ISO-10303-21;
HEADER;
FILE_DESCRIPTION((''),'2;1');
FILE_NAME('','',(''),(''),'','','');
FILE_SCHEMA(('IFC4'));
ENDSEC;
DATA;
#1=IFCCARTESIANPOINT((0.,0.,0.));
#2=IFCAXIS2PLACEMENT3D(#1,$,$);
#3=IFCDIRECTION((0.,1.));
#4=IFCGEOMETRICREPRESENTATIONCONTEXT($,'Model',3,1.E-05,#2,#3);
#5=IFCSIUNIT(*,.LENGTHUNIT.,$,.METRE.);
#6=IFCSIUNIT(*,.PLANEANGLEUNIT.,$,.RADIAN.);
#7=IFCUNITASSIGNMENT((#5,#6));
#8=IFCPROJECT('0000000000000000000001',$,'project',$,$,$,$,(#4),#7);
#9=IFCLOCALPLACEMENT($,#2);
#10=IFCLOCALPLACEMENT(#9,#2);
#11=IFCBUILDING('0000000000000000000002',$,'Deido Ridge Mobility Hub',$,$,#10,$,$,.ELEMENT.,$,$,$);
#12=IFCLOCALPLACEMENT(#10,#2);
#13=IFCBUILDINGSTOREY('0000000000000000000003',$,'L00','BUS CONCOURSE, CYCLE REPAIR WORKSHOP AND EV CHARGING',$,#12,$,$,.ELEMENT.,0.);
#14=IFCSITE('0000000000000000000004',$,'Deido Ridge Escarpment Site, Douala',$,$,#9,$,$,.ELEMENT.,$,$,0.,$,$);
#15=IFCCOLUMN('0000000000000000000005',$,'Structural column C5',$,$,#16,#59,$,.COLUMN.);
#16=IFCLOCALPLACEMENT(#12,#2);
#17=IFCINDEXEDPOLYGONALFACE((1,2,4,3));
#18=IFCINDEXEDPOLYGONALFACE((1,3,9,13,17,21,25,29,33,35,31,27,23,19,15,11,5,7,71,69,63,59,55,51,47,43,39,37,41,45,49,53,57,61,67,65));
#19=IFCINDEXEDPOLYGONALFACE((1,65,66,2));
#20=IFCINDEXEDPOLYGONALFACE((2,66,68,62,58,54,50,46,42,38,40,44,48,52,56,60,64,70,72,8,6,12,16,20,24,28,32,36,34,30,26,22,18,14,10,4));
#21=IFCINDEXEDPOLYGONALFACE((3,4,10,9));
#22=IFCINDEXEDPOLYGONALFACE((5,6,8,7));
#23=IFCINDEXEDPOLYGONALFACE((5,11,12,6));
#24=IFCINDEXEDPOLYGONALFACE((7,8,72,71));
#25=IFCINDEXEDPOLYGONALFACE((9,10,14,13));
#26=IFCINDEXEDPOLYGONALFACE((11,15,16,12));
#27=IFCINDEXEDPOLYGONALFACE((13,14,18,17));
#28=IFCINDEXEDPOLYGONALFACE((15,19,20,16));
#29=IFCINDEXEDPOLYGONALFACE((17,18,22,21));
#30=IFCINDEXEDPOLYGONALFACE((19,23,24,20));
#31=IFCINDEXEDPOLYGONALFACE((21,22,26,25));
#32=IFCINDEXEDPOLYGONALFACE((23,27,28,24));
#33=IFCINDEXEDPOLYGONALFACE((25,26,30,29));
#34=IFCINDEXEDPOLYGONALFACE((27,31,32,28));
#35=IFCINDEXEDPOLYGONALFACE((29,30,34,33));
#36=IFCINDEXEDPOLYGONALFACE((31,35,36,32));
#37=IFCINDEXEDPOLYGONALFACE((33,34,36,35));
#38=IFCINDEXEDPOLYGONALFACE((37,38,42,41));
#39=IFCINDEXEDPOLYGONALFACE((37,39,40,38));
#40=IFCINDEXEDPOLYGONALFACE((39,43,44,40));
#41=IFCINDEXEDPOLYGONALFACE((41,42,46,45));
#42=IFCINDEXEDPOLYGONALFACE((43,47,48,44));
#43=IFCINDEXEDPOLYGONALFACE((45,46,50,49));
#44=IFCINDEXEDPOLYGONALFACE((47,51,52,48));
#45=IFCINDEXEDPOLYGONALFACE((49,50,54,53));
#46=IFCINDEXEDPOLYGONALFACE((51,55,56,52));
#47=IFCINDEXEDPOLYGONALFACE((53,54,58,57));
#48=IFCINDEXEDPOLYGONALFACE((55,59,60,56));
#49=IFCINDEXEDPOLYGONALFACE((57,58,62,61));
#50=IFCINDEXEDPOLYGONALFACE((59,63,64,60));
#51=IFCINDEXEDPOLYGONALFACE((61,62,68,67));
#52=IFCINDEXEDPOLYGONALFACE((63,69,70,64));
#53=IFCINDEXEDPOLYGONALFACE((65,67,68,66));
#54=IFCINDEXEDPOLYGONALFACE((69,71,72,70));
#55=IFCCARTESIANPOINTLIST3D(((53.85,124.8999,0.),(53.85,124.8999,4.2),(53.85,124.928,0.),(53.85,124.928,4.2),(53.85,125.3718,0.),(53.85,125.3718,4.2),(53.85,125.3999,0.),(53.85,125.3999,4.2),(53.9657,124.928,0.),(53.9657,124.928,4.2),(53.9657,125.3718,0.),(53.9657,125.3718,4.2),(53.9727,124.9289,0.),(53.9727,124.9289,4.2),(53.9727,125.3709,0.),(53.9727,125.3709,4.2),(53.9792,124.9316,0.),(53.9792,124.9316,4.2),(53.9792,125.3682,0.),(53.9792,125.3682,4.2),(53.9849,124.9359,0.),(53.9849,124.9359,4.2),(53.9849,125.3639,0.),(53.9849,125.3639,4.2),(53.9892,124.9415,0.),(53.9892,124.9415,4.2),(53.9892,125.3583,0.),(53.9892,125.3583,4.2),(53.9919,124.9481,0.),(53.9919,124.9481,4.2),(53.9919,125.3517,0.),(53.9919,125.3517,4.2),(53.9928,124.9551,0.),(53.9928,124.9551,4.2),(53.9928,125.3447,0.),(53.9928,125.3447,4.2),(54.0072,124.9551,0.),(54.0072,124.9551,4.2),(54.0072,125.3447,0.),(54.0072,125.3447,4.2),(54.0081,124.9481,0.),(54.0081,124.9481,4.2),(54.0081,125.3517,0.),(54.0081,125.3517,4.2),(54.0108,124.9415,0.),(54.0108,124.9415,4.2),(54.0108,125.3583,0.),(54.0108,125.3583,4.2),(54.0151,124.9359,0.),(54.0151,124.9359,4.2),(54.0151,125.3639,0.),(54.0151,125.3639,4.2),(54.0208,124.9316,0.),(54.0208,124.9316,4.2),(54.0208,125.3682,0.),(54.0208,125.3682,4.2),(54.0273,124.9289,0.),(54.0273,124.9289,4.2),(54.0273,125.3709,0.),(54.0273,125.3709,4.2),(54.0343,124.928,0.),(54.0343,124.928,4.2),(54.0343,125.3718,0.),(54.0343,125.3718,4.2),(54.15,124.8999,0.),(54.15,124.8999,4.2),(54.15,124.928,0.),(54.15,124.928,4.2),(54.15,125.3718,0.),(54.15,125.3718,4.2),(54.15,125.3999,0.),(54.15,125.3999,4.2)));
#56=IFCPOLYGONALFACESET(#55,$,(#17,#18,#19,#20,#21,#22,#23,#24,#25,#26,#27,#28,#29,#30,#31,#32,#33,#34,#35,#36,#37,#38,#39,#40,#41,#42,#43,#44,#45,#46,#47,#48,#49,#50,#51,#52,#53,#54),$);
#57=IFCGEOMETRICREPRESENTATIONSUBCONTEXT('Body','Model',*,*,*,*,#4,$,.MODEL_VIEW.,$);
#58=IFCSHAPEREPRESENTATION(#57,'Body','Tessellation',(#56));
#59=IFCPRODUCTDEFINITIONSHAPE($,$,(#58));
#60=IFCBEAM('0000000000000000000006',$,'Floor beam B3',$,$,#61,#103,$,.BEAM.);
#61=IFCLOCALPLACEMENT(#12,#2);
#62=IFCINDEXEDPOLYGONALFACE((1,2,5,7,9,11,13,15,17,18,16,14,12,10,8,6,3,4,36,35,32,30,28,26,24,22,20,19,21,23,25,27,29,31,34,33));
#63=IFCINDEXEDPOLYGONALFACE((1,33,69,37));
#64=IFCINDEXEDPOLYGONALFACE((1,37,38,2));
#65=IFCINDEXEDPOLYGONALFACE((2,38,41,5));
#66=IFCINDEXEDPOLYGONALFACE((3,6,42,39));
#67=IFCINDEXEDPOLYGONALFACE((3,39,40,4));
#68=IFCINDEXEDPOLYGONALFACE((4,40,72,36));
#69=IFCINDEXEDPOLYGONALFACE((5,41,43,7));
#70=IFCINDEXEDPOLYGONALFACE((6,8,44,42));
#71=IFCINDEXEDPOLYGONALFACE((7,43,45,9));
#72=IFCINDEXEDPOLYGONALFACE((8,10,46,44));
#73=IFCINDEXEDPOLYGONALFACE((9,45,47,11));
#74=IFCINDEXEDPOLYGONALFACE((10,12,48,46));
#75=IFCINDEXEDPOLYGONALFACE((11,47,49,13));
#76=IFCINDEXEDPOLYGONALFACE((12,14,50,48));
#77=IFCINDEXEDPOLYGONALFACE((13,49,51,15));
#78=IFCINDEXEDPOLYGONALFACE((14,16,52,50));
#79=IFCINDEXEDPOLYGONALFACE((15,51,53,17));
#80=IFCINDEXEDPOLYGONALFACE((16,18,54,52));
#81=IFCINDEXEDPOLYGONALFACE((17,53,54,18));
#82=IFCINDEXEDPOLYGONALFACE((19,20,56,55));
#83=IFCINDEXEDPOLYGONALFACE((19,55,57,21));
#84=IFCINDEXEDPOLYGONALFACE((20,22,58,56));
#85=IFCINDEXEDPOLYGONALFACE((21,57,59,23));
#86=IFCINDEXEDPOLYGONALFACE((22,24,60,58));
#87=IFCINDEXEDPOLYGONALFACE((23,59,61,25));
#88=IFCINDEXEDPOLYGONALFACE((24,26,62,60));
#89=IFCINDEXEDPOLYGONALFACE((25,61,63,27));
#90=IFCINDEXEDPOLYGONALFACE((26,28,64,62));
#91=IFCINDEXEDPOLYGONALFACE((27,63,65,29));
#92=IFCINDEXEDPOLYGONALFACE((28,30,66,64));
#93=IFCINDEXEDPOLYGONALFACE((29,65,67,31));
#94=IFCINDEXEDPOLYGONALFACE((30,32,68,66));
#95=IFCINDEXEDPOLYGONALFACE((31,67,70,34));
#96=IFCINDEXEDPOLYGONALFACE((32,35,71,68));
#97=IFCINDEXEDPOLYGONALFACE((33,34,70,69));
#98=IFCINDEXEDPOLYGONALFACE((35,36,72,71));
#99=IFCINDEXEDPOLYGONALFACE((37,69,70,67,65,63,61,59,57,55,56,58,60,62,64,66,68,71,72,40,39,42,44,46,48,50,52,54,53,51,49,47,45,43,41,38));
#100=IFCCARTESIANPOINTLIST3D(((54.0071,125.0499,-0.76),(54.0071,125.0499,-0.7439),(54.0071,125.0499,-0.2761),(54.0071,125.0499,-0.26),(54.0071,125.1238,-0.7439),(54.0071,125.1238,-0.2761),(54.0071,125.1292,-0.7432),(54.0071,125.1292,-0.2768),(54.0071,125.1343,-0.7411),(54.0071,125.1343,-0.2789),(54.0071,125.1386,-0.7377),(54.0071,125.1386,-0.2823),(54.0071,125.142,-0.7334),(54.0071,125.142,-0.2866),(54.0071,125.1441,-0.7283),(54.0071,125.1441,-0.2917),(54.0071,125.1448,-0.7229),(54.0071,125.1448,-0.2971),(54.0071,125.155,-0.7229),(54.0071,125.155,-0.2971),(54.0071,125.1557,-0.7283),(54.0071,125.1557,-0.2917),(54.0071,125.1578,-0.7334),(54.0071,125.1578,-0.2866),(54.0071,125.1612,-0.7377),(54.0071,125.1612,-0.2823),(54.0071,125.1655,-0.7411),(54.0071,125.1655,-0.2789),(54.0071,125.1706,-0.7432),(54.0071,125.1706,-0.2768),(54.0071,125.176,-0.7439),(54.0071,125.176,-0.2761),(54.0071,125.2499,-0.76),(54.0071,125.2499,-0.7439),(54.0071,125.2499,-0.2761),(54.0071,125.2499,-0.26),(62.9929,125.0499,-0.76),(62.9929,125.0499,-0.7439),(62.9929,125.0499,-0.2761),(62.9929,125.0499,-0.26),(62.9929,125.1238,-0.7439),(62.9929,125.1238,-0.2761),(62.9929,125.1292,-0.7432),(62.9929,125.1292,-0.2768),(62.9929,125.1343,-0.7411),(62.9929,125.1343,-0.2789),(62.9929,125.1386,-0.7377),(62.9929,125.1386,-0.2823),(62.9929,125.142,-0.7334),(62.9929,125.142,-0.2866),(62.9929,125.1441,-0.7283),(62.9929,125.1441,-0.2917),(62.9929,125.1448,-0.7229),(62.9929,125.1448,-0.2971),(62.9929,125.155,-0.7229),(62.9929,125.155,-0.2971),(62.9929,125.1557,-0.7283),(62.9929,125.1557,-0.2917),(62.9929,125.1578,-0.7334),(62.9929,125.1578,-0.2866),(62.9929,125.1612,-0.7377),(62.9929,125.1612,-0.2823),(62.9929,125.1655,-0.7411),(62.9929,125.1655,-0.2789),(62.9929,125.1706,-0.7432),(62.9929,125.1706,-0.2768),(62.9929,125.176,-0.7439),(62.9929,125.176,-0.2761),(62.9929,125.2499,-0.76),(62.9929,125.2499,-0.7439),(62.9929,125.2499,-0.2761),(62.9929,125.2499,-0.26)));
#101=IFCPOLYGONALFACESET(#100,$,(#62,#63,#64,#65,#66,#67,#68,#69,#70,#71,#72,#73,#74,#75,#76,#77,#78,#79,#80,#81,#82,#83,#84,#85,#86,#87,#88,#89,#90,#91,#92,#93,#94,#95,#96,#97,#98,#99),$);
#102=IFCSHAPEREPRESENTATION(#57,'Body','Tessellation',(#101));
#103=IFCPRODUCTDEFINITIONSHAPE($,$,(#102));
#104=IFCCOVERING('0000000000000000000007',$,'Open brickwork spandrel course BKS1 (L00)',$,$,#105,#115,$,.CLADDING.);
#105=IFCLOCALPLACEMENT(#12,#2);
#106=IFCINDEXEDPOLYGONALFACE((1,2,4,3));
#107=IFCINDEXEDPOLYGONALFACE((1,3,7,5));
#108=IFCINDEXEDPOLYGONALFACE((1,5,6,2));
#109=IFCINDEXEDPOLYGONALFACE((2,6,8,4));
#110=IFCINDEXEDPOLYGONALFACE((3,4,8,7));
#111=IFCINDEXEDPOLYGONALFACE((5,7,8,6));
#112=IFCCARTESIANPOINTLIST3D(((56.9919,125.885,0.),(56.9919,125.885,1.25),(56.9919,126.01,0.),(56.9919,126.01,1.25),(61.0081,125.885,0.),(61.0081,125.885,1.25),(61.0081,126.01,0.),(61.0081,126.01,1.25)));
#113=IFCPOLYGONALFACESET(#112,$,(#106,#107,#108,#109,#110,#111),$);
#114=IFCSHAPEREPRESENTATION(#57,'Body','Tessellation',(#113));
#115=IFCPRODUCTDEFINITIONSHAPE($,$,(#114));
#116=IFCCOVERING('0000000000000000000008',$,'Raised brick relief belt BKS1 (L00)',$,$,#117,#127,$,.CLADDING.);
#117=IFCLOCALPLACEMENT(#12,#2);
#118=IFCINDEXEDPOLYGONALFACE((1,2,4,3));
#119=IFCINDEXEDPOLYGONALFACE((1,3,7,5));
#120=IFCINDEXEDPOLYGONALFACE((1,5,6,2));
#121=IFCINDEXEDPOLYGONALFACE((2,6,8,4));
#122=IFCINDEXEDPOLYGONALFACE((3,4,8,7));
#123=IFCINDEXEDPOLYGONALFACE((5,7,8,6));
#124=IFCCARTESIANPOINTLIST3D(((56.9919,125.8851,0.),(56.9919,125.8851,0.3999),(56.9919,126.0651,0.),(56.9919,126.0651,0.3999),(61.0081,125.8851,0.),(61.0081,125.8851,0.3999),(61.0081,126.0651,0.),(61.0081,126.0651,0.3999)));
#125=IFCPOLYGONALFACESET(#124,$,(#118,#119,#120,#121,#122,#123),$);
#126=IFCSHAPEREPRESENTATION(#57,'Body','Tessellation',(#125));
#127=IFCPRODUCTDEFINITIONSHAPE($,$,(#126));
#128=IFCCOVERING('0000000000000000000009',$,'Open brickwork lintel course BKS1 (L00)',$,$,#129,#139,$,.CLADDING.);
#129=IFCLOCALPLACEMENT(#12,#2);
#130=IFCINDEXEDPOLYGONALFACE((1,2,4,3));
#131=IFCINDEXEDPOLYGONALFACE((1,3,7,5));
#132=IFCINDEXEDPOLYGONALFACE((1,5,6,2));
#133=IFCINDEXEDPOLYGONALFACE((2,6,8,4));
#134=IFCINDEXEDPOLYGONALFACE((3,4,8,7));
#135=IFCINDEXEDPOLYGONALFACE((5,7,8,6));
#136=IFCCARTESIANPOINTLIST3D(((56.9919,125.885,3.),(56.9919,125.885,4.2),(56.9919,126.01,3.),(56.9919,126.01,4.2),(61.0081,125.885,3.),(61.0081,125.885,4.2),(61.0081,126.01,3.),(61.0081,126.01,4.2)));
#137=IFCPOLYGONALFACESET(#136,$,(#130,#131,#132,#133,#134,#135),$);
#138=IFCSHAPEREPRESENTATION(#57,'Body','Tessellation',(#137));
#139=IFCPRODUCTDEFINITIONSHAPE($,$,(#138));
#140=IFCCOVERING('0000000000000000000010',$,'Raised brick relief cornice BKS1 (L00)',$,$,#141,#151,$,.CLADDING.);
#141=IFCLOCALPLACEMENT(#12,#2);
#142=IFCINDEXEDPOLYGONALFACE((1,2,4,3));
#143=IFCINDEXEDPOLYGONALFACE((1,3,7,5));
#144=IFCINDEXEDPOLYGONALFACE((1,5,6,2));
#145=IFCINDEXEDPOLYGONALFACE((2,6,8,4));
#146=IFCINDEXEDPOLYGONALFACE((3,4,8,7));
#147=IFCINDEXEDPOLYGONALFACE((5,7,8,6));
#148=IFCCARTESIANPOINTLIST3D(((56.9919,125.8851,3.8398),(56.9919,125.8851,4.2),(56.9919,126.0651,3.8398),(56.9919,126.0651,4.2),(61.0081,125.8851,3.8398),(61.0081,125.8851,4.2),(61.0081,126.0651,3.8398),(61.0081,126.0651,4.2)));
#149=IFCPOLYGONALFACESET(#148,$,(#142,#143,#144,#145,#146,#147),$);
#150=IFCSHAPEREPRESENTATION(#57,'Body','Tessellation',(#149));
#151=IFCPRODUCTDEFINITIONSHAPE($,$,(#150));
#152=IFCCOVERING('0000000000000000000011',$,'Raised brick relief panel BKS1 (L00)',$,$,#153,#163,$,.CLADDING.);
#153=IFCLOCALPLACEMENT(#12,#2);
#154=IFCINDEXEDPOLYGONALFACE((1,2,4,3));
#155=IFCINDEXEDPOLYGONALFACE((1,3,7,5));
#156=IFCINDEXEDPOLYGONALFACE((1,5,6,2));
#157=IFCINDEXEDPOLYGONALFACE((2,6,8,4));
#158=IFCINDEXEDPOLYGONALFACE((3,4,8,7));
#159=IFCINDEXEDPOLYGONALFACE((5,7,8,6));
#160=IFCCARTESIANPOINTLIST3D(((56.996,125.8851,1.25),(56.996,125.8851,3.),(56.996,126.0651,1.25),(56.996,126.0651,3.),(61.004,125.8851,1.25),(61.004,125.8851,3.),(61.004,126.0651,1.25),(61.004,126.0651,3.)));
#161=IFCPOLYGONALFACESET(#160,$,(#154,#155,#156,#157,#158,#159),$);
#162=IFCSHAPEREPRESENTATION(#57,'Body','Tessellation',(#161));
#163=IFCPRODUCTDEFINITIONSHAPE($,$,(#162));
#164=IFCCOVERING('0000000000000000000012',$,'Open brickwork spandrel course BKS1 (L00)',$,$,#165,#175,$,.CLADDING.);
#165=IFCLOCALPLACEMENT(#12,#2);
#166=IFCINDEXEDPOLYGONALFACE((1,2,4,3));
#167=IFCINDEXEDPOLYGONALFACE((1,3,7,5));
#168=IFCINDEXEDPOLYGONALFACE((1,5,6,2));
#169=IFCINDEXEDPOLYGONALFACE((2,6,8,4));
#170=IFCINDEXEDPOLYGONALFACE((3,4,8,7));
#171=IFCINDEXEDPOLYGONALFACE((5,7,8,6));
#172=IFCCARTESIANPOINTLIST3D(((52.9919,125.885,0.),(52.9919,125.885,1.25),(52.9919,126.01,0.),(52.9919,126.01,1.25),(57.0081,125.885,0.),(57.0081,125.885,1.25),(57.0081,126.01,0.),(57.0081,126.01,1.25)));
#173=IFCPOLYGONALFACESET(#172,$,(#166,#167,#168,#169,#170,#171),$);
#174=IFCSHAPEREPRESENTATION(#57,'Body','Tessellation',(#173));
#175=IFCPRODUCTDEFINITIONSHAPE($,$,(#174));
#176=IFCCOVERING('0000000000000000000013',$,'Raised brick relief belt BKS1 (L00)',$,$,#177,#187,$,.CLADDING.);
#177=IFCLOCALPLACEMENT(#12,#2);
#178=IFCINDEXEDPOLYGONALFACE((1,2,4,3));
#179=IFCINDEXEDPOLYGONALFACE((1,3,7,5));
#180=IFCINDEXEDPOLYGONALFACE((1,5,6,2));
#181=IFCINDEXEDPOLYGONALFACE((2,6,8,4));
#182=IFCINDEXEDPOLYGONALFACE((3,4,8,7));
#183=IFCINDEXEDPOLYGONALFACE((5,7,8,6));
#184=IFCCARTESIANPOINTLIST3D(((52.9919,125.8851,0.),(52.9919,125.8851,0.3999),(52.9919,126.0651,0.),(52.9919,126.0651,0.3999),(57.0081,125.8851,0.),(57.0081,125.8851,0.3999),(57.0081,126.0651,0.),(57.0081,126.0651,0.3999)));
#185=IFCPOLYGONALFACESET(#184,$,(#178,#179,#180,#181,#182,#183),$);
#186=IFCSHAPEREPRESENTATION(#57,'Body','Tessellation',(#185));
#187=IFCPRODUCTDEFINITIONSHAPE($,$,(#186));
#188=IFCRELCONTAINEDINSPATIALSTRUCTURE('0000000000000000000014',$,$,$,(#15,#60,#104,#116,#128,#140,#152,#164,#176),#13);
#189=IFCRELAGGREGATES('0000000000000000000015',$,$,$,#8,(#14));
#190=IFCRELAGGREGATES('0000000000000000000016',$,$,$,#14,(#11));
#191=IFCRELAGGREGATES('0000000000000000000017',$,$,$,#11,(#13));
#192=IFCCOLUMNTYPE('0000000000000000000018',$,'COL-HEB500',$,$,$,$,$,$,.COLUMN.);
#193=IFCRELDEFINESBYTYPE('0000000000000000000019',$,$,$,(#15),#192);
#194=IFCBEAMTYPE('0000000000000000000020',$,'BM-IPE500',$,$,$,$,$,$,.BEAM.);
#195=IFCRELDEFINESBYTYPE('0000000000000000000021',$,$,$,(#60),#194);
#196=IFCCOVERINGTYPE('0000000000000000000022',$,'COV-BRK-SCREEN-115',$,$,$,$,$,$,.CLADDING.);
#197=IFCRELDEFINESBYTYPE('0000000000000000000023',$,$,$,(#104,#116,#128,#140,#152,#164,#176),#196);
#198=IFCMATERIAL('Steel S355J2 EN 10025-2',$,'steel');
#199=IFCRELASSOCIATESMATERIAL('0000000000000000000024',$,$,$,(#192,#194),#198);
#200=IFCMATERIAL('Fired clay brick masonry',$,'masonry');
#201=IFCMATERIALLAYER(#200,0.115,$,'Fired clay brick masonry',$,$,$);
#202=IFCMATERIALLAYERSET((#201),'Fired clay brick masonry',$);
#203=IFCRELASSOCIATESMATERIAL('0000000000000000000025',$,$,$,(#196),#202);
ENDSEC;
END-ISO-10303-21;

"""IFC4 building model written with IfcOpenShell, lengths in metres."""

from ifc_helpers import new_model, si_unit, direction, frame, origin, origin_2d, place, context, subcontext, project, spatial, rectangle, i_section, extrude, material, layer, layer_set, material_profile, profile_set, type_object, element, save


model = new_model("IFC4")

# Units and contexts
model_context = context("Model", 3, precision=1e-05, world=origin(), true_north=direction((0.0, 1.0)))
body_context = subcontext(model_context, "Body", "Model", "MODEL_VIEW")
ifc_project = project(units=[si_unit("LENGTHUNIT", "METRE"), si_unit("PLANEANGLEUNIT", "RADIAN")], contexts=[model_context])

# Site, building, storey
site_placement = place(None, origin())
site = spatial("IfcSite", under=ifc_project, at=site_placement, Name="Deido Ridge Escarpment Site, Douala", CompositionType="ELEMENT", RefElevation=0.0)
building_placement = place(site_placement, origin())
building = spatial("IfcBuilding", under=site, at=building_placement, Name="Deido Ridge Mobility Hub", CompositionType="ELEMENT")
storey_placement = place(building_placement, origin())
storey = spatial("IfcBuildingStorey", under=building, at=storey_placement, Name="L00", Description="BUS CONCOURSE, CYCLE REPAIR WORKSHOP AND EV CHARGING", CompositionType="ELEMENT", Elevation=0.0)

# Column
ifc_material_1 = material(Name="Steel S355J2 EN 10025-2", Category="steel")
ifc_material_profile_1 = material_profile(ifc_material_1, i_section(OverallWidth=0.3, OverallDepth=0.5, WebThickness=0.0144, FlangeThickness=0.0281, FilletRadius=0.0271, at=origin_2d()), Name="HEB 500")
ifc_profile_set_1 = profile_set([ifc_material_profile_1], Name="Steel S355J2 EN 10025-2")
column_type = type_object("IfcColumnType", Name="COL-HEB500", PredefinedType="COLUMN", material=ifc_profile_set_1)
column_placement = place(storey_placement, frame((54.0, 125.1499, 0.0), z_axis=(0.0, 0.0, 1.0), x_axis=(1.0, 0.0, 0.0)))
element("IfcColumn", 1, at=column_placement, inside=storey, type_object=column_type, Name="Structural column C5", PredefinedType="COLUMN", context=body_context, shape_type="SweptSolid", body=[
    extrude(i_section(OverallWidth=0.3, OverallDepth=0.5, WebThickness=0.0144, FlangeThickness=0.0281, FilletRadius=0.0271, at=origin_2d()), origin(), (0.0, 0.0, 1.0), 4.2),
])

# Beam
ifc_material_profile_2 = material_profile(ifc_material_1, i_section(OverallWidth=0.2, OverallDepth=0.5, WebThickness=0.0103, FlangeThickness=0.0161, FilletRadius=0.021, at=origin_2d()), Name="IPE 500")
ifc_profile_set_2 = profile_set([ifc_material_profile_2], Name="Steel S355J2 EN 10025-2")
beam_type = type_object("IfcBeamType", Name="BM-IPE500", PredefinedType="BEAM", material=ifc_profile_set_2)
beam_placement = place(storey_placement, frame((54.0071, 125.1499, -0.51), z_axis=(1.0, 0.0, 0.0), x_axis=(0.0, 1.0, 0.0)))
element("IfcBeam", 2, at=beam_placement, inside=storey, type_object=beam_type, Name="Floor beam B3", PredefinedType="BEAM", context=body_context, shape_type="SweptSolid", body=[
    extrude(i_section(OverallWidth=0.2, OverallDepth=0.5, WebThickness=0.0103, FlangeThickness=0.0161, FilletRadius=0.021, at=origin_2d()), origin(), (0.0, 0.0, 1.0), 8.9858),
])

# Coverings
ifc_material_2 = material(Name="Fired clay brick masonry", Category="masonry")
ifc_layer = layer(ifc_material_2, 0.115, Name="Fired clay brick masonry")
ifc_layer_set = layer_set([ifc_layer], Name="Fired clay brick masonry")
covering_type = type_object("IfcCoveringType", Name="COV-BRK-SCREEN-115", PredefinedType="CLADDING", material=ifc_layer_set)
covering_1_placement = place(storey_placement, frame((59.0, 125.9475, 0.0), z_axis=(0.0, 0.0, 1.0), x_axis=(-1.0, 0.0, 0.0)))
element("IfcCovering", 3, at=covering_1_placement, inside=storey, type_object=covering_type, Name="Open brickwork spandrel course BKS1 (L00)", PredefinedType="CLADDING", context=body_context, shape_type="SweptSolid", body=[
    extrude(rectangle(XDim=4.0161, YDim=0.125, at=origin_2d()), origin(), (0.0, 0.0, 1.0), 1.25),
])
covering_2_placement = place(storey_placement, frame((59.0, 125.9751, 0.0), z_axis=(0.0, 0.0, 1.0), x_axis=(-1.0, 0.0, 0.0)))
element("IfcCovering", 4, at=covering_2_placement, inside=storey, type_object=covering_type, Name="Raised brick relief belt BKS1 (L00)", PredefinedType="CLADDING", context=body_context, shape_type="SweptSolid", body=[
    extrude(rectangle(XDim=4.0161, YDim=0.1799, at=origin_2d()), origin(), (0.0, 0.0, 1.0), 0.3999),
])
covering_3_placement = place(storey_placement, frame((59.0, 125.9475, 3.0), z_axis=(0.0, 0.0, 1.0), x_axis=(-1.0, 0.0, 0.0)))
element("IfcCovering", 5, at=covering_3_placement, inside=storey, type_object=covering_type, Name="Open brickwork lintel course BKS1 (L00)", PredefinedType="CLADDING", context=body_context, shape_type="SweptSolid", body=[
    extrude(rectangle(XDim=4.0161, YDim=0.125, at=origin_2d()), origin(), (0.0, 0.0, 1.0), 1.2),
])
covering_4_placement = place(storey_placement, frame((59.0, 125.9751, 3.8398), z_axis=(0.0, 0.0, 1.0), x_axis=(-1.0, 0.0, 0.0)))
element("IfcCovering", 6, at=covering_4_placement, inside=storey, type_object=covering_type, Name="Raised brick relief cornice BKS1 (L00)", PredefinedType="CLADDING", context=body_context, shape_type="SweptSolid", body=[
    extrude(rectangle(XDim=4.0161, YDim=0.1799, at=origin_2d()), origin(), (0.0, 0.0, 1.0), 0.3601),
])
covering_5_placement = place(storey_placement, frame((59.0, 125.9751, 1.25), z_axis=(0.0, 0.0, 1.0), x_axis=(-1.0, 0.0, 0.0)))
element("IfcCovering", 7, at=covering_5_placement, inside=storey, type_object=covering_type, Name="Raised brick relief panel BKS1 (L00)", PredefinedType="CLADDING", context=body_context, shape_type="SweptSolid", body=[
    extrude(rectangle(XDim=4.0081, YDim=0.1799, at=origin_2d()), origin(), (0.0, 0.0, 1.0), 1.75),
])
covering_6_placement = place(storey_placement, frame((55.0, 125.9475, 0.0), z_axis=(0.0, 0.0, 1.0), x_axis=(-1.0, 0.0, 0.0)))
element("IfcCovering", 8, at=covering_6_placement, inside=storey, type_object=covering_type, Name="Open brickwork spandrel course BKS1 (L00)", PredefinedType="CLADDING", context=body_context, shape_type="SweptSolid", body=[
    extrude(rectangle(XDim=4.0161, YDim=0.125, at=origin_2d()), origin(), (0.0, 0.0, 1.0), 1.25),
])
covering_7_placement = place(storey_placement, frame((55.0, 125.9751, 0.0), z_axis=(0.0, 0.0, 1.0), x_axis=(-1.0, 0.0, 0.0)))
element("IfcCovering", 9, at=covering_7_placement, inside=storey, type_object=covering_type, Name="Raised brick relief belt BKS1 (L00)", PredefinedType="CLADDING", context=body_context, shape_type="SweptSolid", body=[
    extrude(rectangle(XDim=4.0161, YDim=0.1799, at=origin_2d()), origin(), (0.0, 0.0, 1.0), 0.3999),
])

save(model, "model.ifc")
